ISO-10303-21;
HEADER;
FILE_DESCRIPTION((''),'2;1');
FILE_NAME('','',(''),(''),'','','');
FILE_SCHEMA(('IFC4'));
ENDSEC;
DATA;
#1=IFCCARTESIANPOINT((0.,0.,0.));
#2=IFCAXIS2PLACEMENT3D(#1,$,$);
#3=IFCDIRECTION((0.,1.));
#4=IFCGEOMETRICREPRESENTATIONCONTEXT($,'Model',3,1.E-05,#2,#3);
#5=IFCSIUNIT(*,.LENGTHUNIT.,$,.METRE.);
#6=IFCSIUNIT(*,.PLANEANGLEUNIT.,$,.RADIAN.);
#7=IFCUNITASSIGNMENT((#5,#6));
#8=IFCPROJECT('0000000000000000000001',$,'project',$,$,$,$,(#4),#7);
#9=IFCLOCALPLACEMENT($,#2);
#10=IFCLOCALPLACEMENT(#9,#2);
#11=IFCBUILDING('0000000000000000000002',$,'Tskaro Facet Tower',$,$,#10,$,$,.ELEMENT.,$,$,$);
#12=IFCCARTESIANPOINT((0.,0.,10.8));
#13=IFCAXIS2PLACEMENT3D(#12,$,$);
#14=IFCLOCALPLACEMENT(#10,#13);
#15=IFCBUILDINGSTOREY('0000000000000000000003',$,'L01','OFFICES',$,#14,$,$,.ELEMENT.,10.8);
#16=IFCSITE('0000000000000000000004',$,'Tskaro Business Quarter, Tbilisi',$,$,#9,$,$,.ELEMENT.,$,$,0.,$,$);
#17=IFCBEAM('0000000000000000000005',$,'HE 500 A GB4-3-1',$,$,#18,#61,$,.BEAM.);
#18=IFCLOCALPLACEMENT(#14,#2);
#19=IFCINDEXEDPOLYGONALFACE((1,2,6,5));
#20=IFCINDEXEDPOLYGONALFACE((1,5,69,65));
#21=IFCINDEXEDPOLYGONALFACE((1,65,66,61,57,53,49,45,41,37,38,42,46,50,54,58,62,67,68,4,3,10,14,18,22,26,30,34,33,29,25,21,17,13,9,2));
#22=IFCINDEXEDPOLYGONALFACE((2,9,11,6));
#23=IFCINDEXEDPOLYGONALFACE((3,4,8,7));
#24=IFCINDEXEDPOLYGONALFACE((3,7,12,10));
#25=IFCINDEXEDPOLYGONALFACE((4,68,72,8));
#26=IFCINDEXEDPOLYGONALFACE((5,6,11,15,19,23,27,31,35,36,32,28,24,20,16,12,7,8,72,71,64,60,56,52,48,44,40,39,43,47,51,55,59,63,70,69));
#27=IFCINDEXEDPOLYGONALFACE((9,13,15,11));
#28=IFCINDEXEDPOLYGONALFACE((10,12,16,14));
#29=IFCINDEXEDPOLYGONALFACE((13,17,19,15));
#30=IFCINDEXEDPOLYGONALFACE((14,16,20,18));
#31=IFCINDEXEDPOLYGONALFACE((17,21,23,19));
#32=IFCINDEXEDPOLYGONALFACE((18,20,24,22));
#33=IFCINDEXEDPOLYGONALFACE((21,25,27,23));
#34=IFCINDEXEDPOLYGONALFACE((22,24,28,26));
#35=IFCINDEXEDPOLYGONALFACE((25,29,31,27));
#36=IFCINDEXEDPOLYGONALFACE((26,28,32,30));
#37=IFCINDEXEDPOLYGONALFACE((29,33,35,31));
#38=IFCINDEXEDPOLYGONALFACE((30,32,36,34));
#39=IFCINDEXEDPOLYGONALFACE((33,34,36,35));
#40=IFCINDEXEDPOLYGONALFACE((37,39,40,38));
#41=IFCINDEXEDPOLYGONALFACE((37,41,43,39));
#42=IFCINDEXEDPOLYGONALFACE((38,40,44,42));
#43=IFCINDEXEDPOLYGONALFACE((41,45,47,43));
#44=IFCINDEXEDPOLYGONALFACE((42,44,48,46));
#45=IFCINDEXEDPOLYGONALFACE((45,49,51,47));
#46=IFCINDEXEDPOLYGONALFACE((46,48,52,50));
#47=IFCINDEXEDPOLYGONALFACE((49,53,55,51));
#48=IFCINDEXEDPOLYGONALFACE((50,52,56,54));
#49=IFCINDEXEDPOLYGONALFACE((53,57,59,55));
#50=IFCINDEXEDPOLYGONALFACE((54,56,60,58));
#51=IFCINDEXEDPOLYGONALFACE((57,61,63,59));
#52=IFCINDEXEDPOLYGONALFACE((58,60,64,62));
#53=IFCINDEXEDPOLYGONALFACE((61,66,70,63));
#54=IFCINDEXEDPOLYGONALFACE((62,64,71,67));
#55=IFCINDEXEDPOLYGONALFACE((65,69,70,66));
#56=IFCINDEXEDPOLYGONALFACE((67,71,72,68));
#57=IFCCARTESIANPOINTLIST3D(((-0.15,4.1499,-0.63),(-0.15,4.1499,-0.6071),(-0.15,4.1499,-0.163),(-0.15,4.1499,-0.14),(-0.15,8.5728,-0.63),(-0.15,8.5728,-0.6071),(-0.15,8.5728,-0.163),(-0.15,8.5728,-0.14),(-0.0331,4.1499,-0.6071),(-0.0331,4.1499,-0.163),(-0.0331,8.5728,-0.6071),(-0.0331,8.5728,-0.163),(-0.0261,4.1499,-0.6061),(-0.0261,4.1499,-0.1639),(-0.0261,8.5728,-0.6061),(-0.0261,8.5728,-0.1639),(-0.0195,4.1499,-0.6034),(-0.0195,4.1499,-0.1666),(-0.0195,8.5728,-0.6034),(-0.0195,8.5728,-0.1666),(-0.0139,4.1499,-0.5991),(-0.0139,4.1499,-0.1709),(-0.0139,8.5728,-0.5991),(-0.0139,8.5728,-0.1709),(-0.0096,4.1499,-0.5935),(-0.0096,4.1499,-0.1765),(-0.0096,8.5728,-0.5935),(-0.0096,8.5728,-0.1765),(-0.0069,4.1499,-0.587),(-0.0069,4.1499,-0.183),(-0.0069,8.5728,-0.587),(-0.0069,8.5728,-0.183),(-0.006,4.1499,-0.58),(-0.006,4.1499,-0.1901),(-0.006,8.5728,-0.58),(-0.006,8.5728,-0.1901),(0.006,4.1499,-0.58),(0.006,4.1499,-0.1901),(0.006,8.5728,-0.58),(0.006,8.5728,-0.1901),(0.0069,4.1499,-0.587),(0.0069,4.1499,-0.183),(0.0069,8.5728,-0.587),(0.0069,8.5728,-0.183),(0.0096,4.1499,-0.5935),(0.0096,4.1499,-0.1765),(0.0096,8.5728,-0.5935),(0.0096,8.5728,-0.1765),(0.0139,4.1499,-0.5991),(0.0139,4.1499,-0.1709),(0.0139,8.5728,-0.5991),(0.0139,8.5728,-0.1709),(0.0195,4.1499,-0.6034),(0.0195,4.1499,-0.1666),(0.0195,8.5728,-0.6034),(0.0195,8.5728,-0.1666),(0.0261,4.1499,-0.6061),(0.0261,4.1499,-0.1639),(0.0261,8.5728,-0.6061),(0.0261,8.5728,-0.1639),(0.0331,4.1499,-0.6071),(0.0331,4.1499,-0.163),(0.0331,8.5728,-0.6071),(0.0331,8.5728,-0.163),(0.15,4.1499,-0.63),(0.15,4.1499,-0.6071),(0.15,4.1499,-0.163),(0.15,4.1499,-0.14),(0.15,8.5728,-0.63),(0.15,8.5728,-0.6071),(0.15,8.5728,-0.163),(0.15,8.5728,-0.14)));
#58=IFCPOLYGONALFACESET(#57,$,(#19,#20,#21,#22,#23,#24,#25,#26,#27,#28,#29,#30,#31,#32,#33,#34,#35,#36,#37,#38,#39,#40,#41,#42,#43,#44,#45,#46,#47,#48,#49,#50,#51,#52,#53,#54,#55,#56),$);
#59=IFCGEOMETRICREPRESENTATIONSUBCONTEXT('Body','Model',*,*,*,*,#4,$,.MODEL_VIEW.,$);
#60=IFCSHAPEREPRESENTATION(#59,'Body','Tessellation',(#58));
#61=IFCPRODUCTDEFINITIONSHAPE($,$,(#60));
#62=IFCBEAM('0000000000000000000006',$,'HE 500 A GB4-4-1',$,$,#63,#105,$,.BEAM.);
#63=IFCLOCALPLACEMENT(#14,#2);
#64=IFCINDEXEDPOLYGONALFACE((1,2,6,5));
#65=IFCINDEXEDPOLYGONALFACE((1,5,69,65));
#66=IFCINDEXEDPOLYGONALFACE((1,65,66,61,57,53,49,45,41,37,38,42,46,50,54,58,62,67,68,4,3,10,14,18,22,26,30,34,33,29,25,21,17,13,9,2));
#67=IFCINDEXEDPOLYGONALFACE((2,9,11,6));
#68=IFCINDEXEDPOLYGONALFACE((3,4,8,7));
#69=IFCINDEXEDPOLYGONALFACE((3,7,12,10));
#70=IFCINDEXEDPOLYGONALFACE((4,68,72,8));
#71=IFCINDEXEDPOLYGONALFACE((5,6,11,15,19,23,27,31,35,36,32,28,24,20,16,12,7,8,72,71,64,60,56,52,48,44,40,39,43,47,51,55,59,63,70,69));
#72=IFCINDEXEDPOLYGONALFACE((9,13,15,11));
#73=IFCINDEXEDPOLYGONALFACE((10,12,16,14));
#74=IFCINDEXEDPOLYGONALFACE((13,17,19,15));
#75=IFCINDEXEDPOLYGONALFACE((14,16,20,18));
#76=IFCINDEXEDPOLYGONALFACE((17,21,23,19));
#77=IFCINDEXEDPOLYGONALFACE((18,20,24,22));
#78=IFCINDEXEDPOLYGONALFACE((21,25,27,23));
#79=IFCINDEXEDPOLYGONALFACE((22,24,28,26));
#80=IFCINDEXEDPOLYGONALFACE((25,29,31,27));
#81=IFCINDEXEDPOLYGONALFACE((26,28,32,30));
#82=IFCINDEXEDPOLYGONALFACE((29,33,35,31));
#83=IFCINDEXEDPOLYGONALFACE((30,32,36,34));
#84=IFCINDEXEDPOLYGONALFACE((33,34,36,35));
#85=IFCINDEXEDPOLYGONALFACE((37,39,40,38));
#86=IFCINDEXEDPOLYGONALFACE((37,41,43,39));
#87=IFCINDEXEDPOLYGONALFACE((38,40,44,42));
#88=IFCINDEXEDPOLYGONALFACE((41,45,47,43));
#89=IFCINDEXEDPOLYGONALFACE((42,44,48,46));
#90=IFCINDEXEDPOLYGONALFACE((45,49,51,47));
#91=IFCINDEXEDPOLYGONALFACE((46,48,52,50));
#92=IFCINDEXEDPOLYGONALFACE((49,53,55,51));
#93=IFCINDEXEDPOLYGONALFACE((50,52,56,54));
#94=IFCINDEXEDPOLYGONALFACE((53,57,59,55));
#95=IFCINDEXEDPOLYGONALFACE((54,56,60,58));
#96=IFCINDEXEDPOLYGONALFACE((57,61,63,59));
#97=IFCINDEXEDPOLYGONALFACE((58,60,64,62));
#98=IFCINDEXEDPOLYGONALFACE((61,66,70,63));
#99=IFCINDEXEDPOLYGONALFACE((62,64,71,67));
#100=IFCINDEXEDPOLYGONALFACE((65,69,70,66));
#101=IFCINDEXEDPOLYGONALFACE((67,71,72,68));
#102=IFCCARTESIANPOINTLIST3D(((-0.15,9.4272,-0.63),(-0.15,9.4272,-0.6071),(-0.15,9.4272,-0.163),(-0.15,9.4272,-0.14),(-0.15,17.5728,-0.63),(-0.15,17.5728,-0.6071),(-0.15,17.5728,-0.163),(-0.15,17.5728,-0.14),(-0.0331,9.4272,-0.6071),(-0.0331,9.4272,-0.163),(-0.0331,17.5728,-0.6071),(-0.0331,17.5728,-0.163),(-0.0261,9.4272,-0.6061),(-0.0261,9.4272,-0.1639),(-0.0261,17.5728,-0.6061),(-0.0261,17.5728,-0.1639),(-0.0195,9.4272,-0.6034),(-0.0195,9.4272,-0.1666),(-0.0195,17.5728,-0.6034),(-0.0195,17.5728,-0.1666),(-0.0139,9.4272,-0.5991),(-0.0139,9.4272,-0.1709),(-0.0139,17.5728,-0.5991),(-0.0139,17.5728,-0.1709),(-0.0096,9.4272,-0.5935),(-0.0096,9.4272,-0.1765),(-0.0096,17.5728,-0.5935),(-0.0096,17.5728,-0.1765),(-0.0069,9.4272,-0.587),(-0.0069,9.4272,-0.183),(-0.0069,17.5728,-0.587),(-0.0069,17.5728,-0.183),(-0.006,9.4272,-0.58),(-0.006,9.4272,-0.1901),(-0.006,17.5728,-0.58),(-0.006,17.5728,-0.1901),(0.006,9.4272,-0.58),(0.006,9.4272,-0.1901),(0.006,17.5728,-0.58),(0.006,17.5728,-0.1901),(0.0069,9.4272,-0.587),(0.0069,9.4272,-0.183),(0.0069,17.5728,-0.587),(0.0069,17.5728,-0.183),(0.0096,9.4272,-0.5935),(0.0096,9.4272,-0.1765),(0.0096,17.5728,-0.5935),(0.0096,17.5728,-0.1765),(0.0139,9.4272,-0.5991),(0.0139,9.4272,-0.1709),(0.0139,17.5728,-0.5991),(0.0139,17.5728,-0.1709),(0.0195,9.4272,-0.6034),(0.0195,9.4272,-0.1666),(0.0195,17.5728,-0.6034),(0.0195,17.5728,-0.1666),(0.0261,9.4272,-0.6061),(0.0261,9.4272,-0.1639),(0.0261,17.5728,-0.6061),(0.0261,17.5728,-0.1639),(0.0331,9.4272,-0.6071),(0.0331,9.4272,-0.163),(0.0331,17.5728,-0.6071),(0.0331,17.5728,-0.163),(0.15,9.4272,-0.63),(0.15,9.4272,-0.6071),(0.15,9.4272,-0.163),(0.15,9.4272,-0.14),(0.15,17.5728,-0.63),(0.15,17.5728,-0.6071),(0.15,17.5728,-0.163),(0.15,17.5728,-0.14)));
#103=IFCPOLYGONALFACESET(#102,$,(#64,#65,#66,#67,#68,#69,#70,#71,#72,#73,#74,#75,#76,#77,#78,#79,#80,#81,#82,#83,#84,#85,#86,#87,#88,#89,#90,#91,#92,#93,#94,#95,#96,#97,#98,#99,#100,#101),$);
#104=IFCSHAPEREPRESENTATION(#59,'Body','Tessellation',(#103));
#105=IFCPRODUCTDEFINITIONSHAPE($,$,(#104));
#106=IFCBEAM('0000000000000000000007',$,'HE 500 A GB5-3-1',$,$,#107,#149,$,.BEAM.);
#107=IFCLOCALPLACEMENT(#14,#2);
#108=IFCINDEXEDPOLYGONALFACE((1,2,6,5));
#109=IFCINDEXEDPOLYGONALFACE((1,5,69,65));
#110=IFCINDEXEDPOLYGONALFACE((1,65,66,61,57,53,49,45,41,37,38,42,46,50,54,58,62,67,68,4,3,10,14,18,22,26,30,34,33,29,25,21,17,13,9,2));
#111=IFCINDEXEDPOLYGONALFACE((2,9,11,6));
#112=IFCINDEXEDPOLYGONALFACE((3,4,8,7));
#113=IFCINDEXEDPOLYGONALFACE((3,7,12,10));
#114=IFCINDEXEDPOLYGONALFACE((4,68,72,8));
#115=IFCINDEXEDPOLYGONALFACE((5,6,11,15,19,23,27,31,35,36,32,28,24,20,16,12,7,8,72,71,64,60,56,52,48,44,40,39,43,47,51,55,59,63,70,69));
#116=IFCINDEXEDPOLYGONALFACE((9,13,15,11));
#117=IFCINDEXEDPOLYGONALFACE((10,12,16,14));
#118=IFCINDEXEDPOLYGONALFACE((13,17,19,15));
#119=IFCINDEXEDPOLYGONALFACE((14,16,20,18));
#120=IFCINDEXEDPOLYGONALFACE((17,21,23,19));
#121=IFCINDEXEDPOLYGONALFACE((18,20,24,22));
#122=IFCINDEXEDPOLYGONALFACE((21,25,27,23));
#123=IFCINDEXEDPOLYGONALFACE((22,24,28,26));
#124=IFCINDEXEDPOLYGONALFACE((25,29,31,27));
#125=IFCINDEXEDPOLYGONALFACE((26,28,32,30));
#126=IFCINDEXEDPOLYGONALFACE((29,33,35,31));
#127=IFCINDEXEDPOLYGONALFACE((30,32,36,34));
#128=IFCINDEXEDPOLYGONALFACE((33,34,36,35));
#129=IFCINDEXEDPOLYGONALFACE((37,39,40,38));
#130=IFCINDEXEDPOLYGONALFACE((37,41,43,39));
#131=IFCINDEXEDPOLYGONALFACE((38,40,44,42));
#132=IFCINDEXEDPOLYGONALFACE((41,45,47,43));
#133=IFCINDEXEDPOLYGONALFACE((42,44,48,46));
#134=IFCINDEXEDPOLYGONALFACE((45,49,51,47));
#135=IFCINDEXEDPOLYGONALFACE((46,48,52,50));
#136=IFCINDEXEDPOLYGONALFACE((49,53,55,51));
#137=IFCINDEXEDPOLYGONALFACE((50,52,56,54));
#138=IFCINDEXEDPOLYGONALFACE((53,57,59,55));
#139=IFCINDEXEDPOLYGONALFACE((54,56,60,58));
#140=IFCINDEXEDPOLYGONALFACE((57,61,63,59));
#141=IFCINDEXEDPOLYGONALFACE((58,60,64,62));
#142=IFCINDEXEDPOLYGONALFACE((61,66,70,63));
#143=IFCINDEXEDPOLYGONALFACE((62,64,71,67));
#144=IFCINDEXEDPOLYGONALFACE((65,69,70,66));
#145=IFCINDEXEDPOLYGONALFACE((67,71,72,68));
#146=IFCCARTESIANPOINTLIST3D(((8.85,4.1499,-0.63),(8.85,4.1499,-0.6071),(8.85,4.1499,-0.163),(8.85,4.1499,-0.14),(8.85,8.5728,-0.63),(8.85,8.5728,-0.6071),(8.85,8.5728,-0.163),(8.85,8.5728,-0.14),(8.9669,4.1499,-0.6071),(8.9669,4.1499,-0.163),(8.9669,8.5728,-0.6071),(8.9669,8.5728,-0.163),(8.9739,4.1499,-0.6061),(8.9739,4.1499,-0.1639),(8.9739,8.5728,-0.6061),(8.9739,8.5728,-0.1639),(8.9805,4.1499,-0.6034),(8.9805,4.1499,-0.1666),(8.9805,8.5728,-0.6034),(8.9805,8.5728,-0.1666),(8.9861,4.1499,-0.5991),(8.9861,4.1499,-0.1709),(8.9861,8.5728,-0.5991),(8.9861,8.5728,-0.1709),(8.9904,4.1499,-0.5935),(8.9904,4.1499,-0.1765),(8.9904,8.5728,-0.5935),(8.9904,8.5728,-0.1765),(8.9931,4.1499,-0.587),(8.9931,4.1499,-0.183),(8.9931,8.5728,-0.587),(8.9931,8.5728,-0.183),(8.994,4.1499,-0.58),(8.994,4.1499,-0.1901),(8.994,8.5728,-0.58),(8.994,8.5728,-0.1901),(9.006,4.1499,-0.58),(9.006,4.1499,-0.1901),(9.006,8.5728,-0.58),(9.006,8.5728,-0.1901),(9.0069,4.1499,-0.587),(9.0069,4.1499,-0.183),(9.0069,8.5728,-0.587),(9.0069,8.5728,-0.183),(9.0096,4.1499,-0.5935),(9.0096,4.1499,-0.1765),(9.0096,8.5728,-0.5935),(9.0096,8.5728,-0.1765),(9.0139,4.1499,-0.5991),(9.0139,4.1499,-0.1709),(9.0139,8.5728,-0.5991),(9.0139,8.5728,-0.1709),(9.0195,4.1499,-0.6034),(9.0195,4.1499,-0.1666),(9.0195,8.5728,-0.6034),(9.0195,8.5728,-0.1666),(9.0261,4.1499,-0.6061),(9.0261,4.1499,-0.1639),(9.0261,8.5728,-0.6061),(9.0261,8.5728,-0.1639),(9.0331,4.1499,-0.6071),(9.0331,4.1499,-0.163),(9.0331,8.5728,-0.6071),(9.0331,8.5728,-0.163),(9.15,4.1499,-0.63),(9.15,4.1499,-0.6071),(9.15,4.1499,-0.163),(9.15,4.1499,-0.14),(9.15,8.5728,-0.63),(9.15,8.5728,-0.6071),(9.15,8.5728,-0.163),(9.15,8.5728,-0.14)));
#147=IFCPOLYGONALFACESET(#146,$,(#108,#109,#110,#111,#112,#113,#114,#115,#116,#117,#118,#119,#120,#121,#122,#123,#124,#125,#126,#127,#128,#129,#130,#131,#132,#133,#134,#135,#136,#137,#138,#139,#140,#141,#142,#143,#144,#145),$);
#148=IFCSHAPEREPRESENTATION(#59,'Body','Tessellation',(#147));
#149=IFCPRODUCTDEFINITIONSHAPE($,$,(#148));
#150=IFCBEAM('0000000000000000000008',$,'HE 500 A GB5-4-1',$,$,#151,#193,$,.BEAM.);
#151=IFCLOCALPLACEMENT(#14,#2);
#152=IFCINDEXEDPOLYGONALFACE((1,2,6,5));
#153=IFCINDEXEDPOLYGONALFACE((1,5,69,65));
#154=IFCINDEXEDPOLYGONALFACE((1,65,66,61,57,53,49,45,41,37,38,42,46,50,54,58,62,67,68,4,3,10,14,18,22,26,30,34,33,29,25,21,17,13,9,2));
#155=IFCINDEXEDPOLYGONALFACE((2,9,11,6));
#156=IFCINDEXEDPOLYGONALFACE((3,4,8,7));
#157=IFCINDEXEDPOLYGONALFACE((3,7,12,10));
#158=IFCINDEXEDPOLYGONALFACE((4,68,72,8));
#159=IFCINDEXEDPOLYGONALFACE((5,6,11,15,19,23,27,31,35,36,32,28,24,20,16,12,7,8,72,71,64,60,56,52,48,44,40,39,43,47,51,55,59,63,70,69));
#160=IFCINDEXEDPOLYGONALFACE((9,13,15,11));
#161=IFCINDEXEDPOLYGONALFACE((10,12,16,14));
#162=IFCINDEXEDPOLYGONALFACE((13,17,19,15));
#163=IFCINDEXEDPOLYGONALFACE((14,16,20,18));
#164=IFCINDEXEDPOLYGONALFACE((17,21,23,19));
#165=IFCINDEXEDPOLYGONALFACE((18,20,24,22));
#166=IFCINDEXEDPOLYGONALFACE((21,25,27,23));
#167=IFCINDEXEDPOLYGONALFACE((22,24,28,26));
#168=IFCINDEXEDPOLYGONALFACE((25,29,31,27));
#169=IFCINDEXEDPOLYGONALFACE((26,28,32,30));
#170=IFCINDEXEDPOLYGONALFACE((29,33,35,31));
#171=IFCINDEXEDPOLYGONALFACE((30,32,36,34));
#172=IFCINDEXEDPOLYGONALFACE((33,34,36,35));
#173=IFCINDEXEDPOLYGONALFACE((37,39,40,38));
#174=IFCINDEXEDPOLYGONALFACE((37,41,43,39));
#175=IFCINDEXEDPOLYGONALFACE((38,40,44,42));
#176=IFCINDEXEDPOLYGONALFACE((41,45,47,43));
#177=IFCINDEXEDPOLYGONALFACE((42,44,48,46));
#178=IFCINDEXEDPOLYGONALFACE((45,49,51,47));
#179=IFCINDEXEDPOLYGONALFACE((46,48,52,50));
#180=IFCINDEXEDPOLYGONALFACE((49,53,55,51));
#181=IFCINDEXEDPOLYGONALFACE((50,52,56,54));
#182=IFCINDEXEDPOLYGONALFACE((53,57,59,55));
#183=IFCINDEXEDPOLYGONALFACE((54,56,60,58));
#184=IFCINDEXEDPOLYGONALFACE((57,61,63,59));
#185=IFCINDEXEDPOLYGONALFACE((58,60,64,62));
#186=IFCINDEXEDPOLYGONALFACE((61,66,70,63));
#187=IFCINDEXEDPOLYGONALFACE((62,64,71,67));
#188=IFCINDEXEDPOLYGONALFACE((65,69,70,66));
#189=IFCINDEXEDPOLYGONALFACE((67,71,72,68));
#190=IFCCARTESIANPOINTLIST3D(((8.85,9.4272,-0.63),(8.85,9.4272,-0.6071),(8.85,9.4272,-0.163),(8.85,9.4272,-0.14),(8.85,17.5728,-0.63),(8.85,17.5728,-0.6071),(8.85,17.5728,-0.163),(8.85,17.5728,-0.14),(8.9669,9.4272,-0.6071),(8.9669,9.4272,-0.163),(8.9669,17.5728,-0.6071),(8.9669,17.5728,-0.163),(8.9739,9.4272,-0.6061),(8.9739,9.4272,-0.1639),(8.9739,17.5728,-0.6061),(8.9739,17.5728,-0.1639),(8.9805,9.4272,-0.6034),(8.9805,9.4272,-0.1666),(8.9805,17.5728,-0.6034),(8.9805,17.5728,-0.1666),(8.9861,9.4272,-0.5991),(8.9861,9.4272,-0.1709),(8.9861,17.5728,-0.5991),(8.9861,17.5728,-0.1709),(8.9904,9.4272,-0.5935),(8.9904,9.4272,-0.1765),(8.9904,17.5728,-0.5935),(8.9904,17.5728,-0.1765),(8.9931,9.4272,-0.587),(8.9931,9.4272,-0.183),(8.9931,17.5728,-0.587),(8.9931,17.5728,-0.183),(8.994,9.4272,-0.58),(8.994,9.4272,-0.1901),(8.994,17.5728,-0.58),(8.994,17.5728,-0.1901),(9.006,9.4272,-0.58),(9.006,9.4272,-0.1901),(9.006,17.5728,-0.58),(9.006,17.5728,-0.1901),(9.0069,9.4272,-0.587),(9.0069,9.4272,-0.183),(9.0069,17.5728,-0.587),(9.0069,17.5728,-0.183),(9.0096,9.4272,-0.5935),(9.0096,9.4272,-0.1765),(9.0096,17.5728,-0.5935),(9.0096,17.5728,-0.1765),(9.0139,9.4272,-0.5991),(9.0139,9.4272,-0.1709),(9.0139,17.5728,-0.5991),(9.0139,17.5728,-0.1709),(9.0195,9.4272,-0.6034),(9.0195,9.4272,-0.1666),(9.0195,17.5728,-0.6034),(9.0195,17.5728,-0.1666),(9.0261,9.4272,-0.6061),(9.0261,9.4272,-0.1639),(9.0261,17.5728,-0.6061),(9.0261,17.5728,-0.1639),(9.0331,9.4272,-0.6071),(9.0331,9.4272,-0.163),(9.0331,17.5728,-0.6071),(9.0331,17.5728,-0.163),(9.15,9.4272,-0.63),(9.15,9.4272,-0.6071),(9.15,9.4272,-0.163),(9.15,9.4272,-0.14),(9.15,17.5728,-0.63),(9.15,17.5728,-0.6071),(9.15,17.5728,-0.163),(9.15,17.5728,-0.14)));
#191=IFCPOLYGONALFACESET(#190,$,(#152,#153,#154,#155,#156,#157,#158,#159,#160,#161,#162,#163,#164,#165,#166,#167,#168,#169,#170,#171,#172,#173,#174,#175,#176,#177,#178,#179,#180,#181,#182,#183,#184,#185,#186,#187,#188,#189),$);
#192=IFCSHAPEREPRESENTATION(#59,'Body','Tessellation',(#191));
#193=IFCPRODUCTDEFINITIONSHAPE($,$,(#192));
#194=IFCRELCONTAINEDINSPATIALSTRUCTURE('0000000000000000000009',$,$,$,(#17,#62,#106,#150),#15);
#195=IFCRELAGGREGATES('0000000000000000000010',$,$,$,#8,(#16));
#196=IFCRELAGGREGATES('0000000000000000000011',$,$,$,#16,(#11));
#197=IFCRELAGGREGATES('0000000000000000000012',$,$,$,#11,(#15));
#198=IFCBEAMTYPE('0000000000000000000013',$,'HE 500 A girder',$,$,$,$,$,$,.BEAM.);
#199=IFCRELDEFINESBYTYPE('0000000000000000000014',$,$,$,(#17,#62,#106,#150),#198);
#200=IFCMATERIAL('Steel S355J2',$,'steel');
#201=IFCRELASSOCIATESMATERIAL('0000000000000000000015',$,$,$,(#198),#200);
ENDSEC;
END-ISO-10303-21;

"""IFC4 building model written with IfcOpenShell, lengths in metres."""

from ifc_helpers import new_model, si_unit, direction, frame, origin, origin_2d, place, context, subcontext, project, spatial, i_section, extrude, material, material_profile, profile_set, type_object, element, save


model = new_model("IFC4")

# Units and contexts
model_context = context("Model", 3, precision=1e-05, world=origin(), true_north=direction((0.0, 1.0)))
body_context = subcontext(model_context, "Body", "Model", "MODEL_VIEW")
ifc_project = project(units=[si_unit("LENGTHUNIT", "METRE"), si_unit("PLANEANGLEUNIT", "RADIAN")], contexts=[model_context])

# Site, building, storey
site_placement = place(None, origin())
site = spatial("IfcSite", under=ifc_project, at=site_placement, Name="Tskaro Business Quarter, Tbilisi", CompositionType="ELEMENT", RefElevation=0.0)
building_placement = place(site_placement, origin())
building = spatial("IfcBuilding", under=site, at=building_placement, Name="Tskaro Facet Tower", CompositionType="ELEMENT")
storey_placement = place(building_placement, frame((0.0, 0.0, 10.8)))
storey = spatial("IfcBuildingStorey", under=building, at=storey_placement, Name="L01", Description="OFFICES", CompositionType="ELEMENT", Elevation=10.8)

# Beams
ifc_material_1 = material(Name="Steel S355J2", Category="steel")
ifc_material_profile_1 = material_profile(ifc_material_1, i_section(OverallWidth=0.3, OverallDepth=0.49, WebThickness=0.012, FlangeThickness=0.0229, FilletRadius=0.0271, at=origin_2d()), Name="HE 500 A")
ifc_profile_set_1 = profile_set([ifc_material_profile_1], Name="Steel S355J2")
beam_type_1 = type_object("IfcBeamType", Name="HE 500 A girder", PredefinedType="BEAM", material=ifc_profile_set_1)
beam_1_placement = place(storey_placement, frame((0.0, 4.1499, -0.385), z_axis=(0.0, 1.0, 0.0), x_axis=(-1.0, 0.0, 0.0)))
element("IfcBeam", 1, at=beam_1_placement, inside=storey, type_object=beam_type_1, Name="HE 500 A GB4-3-1", PredefinedType="BEAM", context=body_context, shape_type="SweptSolid", body=[
    extrude(i_section(OverallWidth=0.3, OverallDepth=0.49, WebThickness=0.012, FlangeThickness=0.0229, FilletRadius=0.0271, at=origin_2d()), origin(), (0.0, 0.0, 1.0), 4.4229),
])
beam_2_placement = place(storey_placement, frame((0.0, 9.4272, -0.385), z_axis=(0.0, 1.0, 0.0), x_axis=(-1.0, 0.0, 0.0)))
element("IfcBeam", 2, at=beam_2_placement, inside=storey, type_object=beam_type_1, Name="HE 500 A GB4-4-1", PredefinedType="BEAM", context=body_context, shape_type="SweptSolid", body=[
    extrude(i_section(OverallWidth=0.3, OverallDepth=0.49, WebThickness=0.012, FlangeThickness=0.0229, FilletRadius=0.0271, at=origin_2d()), origin(), (0.0, 0.0, 1.0), 8.1455),
])
beam_3_placement = place(storey_placement, frame((9.0, 4.1499, -0.385), z_axis=(0.0, 1.0, 0.0), x_axis=(-1.0, 0.0, 0.0)))
element("IfcBeam", 3, at=beam_3_placement, inside=storey, type_object=beam_type_1, Name="HE 500 A GB5-3-1", PredefinedType="BEAM", context=body_context, shape_type="SweptSolid", body=[
    extrude(i_section(OverallWidth=0.3, OverallDepth=0.49, WebThickness=0.012, FlangeThickness=0.0229, FilletRadius=0.0271, at=origin_2d()), origin(), (0.0, 0.0, 1.0), 4.4229),
])
beam_4_placement = place(storey_placement, frame((9.0, 9.4272, -0.385), z_axis=(0.0, 1.0, 0.0), x_axis=(-1.0, 0.0, 0.0)))
element("IfcBeam", 4, at=beam_4_placement, inside=storey, type_object=beam_type_1, Name="HE 500 A GB5-4-1", PredefinedType="BEAM", context=body_context, shape_type="SweptSolid", body=[
    extrude(i_section(OverallWidth=0.3, OverallDepth=0.49, WebThickness=0.012, FlangeThickness=0.0229, FilletRadius=0.0271, at=origin_2d()), origin(), (0.0, 0.0, 1.0), 8.1455),
])

save(model, "model.ifc")
